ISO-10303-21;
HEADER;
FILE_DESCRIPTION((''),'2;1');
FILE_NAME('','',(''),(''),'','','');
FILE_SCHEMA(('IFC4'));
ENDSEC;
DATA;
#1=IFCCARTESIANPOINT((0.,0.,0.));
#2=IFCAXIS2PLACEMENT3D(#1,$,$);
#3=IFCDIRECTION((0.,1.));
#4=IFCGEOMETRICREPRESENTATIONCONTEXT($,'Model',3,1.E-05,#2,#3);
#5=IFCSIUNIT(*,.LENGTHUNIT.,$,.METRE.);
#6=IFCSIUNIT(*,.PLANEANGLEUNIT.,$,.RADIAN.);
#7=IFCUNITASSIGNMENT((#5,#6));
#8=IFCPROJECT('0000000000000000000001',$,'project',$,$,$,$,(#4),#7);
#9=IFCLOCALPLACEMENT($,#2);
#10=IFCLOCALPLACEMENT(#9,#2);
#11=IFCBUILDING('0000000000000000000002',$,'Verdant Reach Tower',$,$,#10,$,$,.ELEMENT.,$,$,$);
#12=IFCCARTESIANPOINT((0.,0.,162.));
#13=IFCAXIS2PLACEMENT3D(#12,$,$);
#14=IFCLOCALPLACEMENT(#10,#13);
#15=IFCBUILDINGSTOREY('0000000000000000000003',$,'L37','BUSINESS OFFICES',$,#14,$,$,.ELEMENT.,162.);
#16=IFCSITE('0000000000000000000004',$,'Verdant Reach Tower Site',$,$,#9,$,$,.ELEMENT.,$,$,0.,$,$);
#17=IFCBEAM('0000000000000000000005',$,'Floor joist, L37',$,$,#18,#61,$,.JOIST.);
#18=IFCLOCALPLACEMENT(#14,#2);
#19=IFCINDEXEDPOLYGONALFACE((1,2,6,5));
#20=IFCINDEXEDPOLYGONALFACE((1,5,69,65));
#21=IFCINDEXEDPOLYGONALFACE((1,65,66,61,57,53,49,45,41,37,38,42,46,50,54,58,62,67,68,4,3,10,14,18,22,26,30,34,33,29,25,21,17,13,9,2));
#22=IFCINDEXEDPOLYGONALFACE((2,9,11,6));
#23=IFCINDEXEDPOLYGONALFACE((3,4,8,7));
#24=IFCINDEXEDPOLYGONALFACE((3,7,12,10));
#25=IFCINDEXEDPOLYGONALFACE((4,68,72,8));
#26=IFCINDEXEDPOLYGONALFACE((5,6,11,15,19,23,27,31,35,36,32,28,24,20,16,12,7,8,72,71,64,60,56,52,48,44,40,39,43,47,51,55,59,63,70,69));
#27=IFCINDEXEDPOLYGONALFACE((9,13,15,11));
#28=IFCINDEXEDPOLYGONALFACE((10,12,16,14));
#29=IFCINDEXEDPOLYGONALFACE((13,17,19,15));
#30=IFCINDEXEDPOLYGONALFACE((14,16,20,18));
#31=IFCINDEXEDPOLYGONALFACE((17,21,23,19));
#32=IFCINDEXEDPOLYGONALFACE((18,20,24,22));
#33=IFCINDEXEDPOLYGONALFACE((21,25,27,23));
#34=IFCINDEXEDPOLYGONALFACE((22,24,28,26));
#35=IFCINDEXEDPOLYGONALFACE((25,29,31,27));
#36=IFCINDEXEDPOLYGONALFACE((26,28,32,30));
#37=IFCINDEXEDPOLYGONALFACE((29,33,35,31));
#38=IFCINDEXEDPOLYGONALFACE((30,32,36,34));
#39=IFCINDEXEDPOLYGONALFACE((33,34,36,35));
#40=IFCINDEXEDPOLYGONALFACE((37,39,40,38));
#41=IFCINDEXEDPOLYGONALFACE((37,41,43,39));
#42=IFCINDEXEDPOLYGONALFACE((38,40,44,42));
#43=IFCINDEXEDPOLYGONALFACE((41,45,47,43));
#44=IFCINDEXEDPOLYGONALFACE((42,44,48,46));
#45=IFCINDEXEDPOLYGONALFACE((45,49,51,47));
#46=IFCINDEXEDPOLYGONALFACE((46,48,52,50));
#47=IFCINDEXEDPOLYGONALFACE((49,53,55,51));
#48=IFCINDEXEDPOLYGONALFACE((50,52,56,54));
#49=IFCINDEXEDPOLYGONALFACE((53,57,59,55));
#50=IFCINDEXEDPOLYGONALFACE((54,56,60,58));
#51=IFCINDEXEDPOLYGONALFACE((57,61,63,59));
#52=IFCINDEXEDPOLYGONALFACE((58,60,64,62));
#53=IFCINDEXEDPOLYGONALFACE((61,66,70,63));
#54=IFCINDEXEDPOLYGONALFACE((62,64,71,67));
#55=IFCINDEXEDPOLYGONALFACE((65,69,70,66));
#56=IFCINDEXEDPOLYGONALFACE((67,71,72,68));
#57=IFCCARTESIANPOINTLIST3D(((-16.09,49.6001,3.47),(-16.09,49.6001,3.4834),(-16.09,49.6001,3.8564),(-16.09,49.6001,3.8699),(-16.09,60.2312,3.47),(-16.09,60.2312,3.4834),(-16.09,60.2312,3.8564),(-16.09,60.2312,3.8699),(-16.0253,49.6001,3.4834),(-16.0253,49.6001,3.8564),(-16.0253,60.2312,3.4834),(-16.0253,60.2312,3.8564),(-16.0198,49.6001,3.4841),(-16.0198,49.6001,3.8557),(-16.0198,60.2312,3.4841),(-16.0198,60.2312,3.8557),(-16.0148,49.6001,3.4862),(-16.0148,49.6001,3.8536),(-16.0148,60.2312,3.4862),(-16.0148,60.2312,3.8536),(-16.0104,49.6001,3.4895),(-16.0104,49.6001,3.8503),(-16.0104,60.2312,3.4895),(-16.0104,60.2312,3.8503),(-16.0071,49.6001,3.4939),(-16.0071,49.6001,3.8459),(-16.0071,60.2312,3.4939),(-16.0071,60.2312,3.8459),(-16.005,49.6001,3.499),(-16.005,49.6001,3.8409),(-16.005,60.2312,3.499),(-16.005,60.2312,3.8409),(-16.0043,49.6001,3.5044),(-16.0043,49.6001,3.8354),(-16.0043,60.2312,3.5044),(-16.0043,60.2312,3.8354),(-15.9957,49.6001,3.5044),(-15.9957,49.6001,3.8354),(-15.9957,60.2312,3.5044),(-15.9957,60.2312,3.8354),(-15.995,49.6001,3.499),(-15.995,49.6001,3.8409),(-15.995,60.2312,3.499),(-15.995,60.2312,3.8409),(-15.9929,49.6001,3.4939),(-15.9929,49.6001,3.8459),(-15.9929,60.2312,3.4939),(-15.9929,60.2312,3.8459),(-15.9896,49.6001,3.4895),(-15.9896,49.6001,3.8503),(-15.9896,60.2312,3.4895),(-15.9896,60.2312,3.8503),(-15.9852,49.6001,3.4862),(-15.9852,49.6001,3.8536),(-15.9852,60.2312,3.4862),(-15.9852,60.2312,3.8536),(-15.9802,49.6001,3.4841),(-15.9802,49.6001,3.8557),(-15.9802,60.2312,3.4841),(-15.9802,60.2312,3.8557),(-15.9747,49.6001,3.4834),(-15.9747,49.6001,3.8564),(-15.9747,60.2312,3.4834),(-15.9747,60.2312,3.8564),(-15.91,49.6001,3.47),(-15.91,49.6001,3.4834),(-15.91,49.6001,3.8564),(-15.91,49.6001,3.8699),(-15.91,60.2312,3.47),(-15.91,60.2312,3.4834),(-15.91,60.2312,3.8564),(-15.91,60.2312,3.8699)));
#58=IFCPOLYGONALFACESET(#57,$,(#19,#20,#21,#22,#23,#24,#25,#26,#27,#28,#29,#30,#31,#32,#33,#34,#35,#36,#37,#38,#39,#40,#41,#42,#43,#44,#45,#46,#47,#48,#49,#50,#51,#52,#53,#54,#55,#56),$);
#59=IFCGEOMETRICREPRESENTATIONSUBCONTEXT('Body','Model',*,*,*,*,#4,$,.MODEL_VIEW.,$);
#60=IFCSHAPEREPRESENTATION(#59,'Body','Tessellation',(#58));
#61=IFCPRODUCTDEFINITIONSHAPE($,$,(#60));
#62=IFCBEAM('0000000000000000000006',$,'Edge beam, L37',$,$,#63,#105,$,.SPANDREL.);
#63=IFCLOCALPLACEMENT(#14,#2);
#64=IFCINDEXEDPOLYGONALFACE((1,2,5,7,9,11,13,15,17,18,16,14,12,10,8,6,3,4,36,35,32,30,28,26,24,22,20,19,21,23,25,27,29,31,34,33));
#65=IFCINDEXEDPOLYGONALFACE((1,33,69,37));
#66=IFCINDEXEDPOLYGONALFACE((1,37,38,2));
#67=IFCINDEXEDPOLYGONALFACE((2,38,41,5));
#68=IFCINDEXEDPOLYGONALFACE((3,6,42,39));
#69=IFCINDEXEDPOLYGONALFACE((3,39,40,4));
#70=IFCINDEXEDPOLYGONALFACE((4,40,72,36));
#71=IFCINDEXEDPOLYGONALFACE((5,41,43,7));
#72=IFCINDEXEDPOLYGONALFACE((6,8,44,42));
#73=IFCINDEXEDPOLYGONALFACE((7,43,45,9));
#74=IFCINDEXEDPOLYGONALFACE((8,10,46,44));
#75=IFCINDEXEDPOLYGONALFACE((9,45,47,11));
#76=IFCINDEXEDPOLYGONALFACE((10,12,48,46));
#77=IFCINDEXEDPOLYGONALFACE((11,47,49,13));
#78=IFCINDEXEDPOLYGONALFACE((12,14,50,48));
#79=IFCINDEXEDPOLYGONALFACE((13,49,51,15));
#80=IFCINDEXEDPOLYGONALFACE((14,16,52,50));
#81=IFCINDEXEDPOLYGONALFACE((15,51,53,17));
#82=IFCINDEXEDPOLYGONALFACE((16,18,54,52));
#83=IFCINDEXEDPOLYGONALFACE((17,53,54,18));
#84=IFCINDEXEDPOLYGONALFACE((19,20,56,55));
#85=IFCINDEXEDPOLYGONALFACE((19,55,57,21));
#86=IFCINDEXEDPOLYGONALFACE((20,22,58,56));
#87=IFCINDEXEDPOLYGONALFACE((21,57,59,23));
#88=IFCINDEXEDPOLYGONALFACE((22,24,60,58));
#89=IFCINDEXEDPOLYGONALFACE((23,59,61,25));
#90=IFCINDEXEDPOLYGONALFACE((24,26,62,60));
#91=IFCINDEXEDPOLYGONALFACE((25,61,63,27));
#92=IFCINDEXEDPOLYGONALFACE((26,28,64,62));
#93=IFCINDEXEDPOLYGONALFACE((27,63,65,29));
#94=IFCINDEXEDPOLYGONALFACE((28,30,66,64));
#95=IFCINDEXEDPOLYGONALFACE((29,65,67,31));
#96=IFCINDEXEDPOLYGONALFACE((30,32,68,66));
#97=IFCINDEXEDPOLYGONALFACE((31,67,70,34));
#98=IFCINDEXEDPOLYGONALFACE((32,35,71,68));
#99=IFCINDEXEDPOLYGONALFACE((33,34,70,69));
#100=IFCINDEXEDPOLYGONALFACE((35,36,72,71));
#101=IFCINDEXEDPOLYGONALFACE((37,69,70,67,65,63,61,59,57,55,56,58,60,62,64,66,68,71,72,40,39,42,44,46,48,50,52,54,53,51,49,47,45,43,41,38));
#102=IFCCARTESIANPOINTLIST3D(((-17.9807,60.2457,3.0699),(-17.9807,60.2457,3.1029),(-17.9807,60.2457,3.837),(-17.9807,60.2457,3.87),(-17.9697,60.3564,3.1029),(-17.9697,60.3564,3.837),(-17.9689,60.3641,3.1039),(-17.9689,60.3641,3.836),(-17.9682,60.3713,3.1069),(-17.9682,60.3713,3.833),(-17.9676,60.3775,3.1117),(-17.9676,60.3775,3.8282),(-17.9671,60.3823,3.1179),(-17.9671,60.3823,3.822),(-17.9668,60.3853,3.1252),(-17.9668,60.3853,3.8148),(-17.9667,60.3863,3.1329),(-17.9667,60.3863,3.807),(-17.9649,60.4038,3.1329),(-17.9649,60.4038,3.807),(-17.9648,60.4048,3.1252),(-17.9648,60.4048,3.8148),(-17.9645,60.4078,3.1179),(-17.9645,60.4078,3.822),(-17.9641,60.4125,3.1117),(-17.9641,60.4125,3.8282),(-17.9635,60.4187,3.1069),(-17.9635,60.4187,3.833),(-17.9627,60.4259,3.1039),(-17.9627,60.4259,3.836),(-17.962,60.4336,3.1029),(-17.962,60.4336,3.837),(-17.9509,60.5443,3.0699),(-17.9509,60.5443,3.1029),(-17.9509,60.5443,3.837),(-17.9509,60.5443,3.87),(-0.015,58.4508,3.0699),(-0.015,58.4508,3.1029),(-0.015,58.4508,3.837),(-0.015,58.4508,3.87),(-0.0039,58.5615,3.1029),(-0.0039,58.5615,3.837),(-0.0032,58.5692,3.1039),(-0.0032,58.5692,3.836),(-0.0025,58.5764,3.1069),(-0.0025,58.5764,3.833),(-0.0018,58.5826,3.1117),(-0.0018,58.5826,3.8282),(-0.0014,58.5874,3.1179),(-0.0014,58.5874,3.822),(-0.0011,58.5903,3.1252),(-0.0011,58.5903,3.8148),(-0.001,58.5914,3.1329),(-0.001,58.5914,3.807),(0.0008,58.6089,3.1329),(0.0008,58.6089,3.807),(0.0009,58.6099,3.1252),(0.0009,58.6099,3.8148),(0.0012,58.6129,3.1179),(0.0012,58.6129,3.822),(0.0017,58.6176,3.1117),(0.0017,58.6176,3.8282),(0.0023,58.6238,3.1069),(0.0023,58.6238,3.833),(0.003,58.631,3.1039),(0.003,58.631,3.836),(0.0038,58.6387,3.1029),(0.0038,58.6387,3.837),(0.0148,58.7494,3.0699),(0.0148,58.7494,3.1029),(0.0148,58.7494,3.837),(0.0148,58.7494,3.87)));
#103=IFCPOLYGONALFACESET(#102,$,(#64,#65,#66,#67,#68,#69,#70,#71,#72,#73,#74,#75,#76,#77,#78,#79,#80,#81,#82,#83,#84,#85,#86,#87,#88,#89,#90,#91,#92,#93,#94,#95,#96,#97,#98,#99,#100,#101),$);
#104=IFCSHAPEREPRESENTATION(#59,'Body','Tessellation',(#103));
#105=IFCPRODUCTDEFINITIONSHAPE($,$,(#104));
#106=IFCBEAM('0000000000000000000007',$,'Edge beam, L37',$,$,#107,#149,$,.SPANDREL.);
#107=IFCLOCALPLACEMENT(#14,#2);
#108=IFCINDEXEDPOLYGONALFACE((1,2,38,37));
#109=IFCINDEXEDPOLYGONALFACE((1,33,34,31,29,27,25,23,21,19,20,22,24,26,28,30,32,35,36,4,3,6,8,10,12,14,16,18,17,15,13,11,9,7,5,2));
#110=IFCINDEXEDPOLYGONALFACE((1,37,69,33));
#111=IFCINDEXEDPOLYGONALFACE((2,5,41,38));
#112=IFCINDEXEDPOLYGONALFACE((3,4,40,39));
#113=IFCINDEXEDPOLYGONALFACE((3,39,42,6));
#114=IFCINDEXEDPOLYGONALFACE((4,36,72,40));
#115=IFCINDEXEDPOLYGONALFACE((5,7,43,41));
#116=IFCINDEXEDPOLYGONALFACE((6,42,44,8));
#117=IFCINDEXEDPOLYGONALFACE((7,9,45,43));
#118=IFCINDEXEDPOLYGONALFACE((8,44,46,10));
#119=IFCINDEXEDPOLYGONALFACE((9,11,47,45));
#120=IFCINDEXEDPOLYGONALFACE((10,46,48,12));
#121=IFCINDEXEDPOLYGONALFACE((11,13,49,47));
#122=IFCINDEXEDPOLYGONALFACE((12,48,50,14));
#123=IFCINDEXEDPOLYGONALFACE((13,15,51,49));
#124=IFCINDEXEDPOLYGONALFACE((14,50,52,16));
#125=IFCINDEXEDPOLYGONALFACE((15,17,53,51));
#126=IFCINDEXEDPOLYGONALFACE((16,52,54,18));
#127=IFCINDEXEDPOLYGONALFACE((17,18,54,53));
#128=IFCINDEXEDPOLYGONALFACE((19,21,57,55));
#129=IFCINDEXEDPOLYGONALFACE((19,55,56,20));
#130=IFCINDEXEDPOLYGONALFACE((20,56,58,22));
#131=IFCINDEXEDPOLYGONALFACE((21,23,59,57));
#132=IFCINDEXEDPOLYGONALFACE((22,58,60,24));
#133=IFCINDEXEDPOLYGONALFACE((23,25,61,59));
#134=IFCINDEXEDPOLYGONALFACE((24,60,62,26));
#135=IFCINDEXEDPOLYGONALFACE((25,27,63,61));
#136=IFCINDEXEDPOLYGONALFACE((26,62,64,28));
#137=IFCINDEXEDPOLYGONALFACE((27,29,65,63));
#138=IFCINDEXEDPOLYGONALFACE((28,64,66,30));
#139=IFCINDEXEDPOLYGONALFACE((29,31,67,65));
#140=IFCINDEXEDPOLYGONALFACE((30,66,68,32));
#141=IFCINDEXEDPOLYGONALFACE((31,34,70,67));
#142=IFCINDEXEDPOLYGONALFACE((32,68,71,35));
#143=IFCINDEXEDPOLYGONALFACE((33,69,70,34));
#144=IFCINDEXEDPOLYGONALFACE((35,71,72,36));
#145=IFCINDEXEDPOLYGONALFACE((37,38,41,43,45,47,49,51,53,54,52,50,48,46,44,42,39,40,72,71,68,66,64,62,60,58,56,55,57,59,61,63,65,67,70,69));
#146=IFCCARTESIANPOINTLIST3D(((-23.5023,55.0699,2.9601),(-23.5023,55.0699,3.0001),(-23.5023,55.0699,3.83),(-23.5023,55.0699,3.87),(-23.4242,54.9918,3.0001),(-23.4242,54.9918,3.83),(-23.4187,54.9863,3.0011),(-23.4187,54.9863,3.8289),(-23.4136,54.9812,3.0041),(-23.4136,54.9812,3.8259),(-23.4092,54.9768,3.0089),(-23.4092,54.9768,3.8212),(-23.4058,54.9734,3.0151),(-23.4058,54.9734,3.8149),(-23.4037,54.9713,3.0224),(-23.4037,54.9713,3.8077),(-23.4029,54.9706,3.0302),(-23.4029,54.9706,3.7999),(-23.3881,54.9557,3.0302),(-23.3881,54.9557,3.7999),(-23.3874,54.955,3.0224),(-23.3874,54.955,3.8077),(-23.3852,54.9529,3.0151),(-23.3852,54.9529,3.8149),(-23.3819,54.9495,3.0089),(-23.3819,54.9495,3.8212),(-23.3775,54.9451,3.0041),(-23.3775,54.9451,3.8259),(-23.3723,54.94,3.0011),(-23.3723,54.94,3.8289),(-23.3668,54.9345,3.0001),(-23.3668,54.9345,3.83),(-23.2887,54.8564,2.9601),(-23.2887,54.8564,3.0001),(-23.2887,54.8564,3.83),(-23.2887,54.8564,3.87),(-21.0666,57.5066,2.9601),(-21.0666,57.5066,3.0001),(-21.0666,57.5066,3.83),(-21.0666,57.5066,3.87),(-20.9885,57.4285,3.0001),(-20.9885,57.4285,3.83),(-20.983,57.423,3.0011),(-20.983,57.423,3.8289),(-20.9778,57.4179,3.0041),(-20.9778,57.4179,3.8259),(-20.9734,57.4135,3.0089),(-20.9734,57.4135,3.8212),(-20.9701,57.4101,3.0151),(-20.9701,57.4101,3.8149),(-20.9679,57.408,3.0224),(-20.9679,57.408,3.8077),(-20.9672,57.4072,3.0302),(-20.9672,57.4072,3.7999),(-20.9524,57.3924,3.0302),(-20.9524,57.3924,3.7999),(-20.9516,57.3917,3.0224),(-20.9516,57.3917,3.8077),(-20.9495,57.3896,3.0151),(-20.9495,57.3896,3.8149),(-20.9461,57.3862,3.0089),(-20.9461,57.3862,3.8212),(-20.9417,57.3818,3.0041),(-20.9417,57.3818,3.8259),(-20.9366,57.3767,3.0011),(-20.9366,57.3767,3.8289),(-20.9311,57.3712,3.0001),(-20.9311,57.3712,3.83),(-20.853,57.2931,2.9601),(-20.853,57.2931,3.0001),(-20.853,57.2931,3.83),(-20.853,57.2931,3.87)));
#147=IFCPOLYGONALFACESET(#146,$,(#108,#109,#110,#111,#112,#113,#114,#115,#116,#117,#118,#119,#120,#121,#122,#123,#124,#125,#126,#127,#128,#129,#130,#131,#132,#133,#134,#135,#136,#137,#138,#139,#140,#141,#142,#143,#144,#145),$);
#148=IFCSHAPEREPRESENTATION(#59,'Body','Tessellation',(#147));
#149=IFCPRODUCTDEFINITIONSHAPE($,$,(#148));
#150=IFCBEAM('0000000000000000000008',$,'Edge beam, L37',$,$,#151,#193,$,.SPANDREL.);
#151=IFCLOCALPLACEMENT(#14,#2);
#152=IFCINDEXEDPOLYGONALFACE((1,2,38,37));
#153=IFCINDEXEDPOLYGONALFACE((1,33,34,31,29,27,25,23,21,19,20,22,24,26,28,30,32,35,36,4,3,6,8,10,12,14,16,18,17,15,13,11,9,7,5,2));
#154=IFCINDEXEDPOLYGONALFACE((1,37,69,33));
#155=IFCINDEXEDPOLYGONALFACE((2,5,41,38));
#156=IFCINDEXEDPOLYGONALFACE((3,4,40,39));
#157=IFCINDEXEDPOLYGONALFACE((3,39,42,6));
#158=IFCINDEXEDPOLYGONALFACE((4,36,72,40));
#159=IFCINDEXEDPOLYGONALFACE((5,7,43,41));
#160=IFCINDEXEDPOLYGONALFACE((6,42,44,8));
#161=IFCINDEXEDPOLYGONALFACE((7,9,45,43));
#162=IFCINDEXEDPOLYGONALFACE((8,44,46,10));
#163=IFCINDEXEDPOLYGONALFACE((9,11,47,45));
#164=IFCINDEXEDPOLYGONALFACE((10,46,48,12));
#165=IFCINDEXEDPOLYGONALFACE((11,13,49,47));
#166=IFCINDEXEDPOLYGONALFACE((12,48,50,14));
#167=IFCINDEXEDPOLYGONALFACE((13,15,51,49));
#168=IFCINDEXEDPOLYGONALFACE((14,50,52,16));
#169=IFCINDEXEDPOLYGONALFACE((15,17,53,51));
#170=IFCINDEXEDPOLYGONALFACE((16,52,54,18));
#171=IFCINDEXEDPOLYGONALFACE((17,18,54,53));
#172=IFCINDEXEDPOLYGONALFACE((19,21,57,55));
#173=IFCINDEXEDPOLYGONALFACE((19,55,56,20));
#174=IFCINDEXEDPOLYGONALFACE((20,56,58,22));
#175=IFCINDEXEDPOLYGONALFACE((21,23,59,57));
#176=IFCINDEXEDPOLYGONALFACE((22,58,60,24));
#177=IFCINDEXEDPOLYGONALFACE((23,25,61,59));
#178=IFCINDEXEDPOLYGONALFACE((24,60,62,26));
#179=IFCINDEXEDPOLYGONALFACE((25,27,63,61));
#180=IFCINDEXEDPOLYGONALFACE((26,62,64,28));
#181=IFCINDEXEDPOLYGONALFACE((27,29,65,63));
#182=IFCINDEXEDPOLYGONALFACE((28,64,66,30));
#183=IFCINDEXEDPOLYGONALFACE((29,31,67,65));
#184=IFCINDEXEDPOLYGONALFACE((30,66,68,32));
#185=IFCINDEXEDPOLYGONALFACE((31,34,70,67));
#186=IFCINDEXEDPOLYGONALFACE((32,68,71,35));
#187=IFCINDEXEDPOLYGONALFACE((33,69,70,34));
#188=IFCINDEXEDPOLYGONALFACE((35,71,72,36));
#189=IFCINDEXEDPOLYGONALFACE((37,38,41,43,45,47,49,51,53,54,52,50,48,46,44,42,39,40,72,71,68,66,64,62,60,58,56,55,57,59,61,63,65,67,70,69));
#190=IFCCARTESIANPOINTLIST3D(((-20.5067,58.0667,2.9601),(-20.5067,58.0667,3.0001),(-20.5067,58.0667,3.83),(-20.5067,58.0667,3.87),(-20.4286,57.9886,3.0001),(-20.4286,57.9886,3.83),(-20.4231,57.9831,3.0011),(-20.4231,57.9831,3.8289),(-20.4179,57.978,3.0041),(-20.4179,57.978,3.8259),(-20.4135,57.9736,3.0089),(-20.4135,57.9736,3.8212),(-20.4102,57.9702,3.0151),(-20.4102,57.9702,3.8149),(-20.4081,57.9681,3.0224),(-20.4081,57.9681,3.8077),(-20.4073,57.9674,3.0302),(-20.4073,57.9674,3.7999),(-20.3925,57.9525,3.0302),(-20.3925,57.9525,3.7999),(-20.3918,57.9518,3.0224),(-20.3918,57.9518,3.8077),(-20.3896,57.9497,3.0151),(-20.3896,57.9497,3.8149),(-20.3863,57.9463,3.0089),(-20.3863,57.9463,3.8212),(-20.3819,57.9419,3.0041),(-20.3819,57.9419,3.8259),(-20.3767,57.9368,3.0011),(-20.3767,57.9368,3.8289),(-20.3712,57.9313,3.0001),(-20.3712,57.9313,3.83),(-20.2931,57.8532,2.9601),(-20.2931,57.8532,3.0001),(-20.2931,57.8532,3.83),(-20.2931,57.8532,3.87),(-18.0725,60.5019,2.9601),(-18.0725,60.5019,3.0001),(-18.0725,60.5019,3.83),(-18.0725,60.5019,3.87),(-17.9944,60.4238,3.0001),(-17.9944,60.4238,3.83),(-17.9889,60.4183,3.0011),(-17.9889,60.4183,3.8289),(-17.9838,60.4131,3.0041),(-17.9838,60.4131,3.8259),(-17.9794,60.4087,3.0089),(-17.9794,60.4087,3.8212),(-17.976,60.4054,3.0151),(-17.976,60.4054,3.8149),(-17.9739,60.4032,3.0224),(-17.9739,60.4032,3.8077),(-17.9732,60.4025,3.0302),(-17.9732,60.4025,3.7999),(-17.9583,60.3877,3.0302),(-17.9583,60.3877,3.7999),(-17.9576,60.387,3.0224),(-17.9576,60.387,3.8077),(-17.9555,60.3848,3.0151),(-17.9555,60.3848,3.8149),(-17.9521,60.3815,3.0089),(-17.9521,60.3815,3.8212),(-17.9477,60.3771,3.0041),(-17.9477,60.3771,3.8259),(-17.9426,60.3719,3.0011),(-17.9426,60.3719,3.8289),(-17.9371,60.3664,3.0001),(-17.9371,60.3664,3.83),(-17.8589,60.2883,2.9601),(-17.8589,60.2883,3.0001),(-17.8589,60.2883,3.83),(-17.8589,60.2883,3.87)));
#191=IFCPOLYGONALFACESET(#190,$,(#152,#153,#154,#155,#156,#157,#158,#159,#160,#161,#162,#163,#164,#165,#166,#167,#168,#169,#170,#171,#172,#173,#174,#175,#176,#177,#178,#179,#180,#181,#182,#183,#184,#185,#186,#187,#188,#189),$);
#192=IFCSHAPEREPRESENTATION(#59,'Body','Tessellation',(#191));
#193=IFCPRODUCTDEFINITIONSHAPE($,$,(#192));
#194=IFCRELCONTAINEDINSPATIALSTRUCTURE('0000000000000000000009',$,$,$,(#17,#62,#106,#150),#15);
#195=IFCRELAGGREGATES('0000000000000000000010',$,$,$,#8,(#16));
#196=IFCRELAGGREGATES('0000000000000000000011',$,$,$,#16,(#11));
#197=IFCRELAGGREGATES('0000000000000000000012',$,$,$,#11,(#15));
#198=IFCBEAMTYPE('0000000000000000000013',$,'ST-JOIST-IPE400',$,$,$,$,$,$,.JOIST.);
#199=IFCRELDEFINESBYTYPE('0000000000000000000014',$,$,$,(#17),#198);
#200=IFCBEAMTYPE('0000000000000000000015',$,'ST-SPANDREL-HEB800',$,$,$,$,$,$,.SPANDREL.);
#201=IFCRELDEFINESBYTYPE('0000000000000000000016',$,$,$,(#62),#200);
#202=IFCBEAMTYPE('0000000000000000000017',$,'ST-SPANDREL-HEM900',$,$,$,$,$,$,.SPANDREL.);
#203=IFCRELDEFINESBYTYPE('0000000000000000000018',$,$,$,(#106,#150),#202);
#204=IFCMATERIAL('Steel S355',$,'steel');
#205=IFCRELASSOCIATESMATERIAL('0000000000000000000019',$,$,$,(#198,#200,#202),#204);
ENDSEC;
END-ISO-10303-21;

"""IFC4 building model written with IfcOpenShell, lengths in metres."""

from ifc_helpers import new_model, si_unit, direction, frame, origin, origin_2d, place, context, subcontext, project, spatial, i_section, extrude, material, material_profile, profile_set, type_object, element, save


model = new_model("IFC4")

# Units and contexts
model_context = context("Model", 3, precision=1e-05, world=origin(), true_north=direction((0.0, 1.0)))
body_context = subcontext(model_context, "Body", "Model", "MODEL_VIEW")
ifc_project = project(units=[si_unit("LENGTHUNIT", "METRE"), si_unit("PLANEANGLEUNIT", "RADIAN")], contexts=[model_context])

# Site, building, storey
site_placement = place(None, origin())
site = spatial("IfcSite", under=ifc_project, at=site_placement, Name="Verdant Reach Tower Site", CompositionType="ELEMENT", RefElevation=0.0)
building_placement = place(site_placement, origin())
building = spatial("IfcBuilding", under=site, at=building_placement, Name="Verdant Reach Tower", CompositionType="ELEMENT")
storey_placement = place(building_placement, frame((0.0, 0.0, 162.0)))
storey = spatial("IfcBuildingStorey", under=building, at=storey_placement, Name="L37", Description="BUSINESS OFFICES", CompositionType="ELEMENT", Elevation=162.0)

# Beams
ifc_material_1 = material(Name="Steel S355", Category="steel")
ifc_material_profile_1 = material_profile(ifc_material_1, i_section(OverallWidth=0.1799, OverallDepth=0.3999, WebThickness=0.0085, FlangeThickness=0.0134, FilletRadius=0.021, at=origin_2d()), Name="IPE 400")
ifc_profile_set_1 = profile_set([ifc_material_profile_1], Name="Steel S355")
beam_type_1 = type_object("IfcBeamType", Name="ST-JOIST-IPE400", PredefinedType="JOIST", material=ifc_profile_set_1)
beam_1_placement = place(storey_placement, frame((-16.0, 49.6001, 3.6699), z_axis=(0.0, 1.0, 0.0), x_axis=(-1.0, 0.0, 0.0)))
element("IfcBeam", 1, at=beam_1_placement, inside=storey, type_object=beam_type_1, Name="Floor joist, L37", PredefinedType="JOIST", context=body_context, shape_type="SweptSolid", body=[
    extrude(i_section(OverallWidth=0.1799, OverallDepth=0.3999, WebThickness=0.0085, FlangeThickness=0.0134, FilletRadius=0.021, at=origin_2d()), origin(), (0.0, 0.0, 1.0), 10.6311),
])
ifc_material_profile_2 = material_profile(ifc_material_1, i_section(OverallWidth=0.3, OverallDepth=0.8, WebThickness=0.0176, FlangeThickness=0.033, FilletRadius=0.03, at=origin_2d()), Name="HEB 800")
ifc_profile_set_2 = profile_set([ifc_material_profile_2], Name="Steel S355")
beam_type_2 = type_object("IfcBeamType", Name="ST-SPANDREL-HEB800", PredefinedType="SPANDREL", material=ifc_profile_set_2)
beam_2_placement = place(storey_placement, frame((-17.9658, 60.395, 3.47), z_axis=(0.995046, -0.099413, 0.0), x_axis=(0.099413, 0.995046, 0.0)))
element("IfcBeam", 2, at=beam_2_placement, inside=storey, type_object=beam_type_2, Name="Edge beam, L37", PredefinedType="SPANDREL", context=body_context, shape_type="SweptSolid", body=[
    extrude(i_section(OverallWidth=0.3, OverallDepth=0.8, WebThickness=0.0176, FlangeThickness=0.033, FilletRadius=0.03, at=origin_2d()), origin(), (0.0, 0.0, 1.0), 18.0552),
])
ifc_material_profile_3 = material_profile(ifc_material_1, i_section(OverallWidth=0.302, OverallDepth=0.9099, WebThickness=0.021, FlangeThickness=0.04, FilletRadius=0.03, at=origin_2d()), Name="HEM 900")
ifc_profile_set_3 = profile_set([ifc_material_profile_3], Name="Steel S355")
beam_type_3 = type_object("IfcBeamType", Name="ST-SPANDREL-HEM900", PredefinedType="SPANDREL", material=ifc_profile_set_3)
beam_3_placement = place(storey_placement, frame((-23.3955, 54.9631, 3.415), z_axis=(0.706965, 0.707248, 0.0), x_axis=(-0.707248, 0.706965, 0.0)))
element("IfcBeam", 3, at=beam_3_placement, inside=storey, type_object=beam_type_3, Name="Edge beam, L37", PredefinedType="SPANDREL", context=body_context, shape_type="SweptSolid", body=[
    extrude(i_section(OverallWidth=0.302, OverallDepth=0.9099, WebThickness=0.021, FlangeThickness=0.04, FilletRadius=0.03, at=origin_2d()), origin(), (0.0, 0.0, 1.0), 3.4453),
])
beam_4_placement = place(storey_placement, frame((-20.3999, 57.96, 3.415), z_axis=(0.706965, 0.707249, 0.0), x_axis=(-0.707249, 0.706965, 0.0)))
element("IfcBeam", 4, at=beam_4_placement, inside=storey, type_object=beam_type_3, Name="Edge beam, L37", PredefinedType="SPANDREL", context=body_context, shape_type="SweptSolid", body=[
    extrude(i_section(OverallWidth=0.302, OverallDepth=0.9099, WebThickness=0.021, FlangeThickness=0.04, FilletRadius=0.03, at=origin_2d()), origin(), (0.0, 0.0, 1.0), 3.4431),
])

save(model, "model.ifc")
